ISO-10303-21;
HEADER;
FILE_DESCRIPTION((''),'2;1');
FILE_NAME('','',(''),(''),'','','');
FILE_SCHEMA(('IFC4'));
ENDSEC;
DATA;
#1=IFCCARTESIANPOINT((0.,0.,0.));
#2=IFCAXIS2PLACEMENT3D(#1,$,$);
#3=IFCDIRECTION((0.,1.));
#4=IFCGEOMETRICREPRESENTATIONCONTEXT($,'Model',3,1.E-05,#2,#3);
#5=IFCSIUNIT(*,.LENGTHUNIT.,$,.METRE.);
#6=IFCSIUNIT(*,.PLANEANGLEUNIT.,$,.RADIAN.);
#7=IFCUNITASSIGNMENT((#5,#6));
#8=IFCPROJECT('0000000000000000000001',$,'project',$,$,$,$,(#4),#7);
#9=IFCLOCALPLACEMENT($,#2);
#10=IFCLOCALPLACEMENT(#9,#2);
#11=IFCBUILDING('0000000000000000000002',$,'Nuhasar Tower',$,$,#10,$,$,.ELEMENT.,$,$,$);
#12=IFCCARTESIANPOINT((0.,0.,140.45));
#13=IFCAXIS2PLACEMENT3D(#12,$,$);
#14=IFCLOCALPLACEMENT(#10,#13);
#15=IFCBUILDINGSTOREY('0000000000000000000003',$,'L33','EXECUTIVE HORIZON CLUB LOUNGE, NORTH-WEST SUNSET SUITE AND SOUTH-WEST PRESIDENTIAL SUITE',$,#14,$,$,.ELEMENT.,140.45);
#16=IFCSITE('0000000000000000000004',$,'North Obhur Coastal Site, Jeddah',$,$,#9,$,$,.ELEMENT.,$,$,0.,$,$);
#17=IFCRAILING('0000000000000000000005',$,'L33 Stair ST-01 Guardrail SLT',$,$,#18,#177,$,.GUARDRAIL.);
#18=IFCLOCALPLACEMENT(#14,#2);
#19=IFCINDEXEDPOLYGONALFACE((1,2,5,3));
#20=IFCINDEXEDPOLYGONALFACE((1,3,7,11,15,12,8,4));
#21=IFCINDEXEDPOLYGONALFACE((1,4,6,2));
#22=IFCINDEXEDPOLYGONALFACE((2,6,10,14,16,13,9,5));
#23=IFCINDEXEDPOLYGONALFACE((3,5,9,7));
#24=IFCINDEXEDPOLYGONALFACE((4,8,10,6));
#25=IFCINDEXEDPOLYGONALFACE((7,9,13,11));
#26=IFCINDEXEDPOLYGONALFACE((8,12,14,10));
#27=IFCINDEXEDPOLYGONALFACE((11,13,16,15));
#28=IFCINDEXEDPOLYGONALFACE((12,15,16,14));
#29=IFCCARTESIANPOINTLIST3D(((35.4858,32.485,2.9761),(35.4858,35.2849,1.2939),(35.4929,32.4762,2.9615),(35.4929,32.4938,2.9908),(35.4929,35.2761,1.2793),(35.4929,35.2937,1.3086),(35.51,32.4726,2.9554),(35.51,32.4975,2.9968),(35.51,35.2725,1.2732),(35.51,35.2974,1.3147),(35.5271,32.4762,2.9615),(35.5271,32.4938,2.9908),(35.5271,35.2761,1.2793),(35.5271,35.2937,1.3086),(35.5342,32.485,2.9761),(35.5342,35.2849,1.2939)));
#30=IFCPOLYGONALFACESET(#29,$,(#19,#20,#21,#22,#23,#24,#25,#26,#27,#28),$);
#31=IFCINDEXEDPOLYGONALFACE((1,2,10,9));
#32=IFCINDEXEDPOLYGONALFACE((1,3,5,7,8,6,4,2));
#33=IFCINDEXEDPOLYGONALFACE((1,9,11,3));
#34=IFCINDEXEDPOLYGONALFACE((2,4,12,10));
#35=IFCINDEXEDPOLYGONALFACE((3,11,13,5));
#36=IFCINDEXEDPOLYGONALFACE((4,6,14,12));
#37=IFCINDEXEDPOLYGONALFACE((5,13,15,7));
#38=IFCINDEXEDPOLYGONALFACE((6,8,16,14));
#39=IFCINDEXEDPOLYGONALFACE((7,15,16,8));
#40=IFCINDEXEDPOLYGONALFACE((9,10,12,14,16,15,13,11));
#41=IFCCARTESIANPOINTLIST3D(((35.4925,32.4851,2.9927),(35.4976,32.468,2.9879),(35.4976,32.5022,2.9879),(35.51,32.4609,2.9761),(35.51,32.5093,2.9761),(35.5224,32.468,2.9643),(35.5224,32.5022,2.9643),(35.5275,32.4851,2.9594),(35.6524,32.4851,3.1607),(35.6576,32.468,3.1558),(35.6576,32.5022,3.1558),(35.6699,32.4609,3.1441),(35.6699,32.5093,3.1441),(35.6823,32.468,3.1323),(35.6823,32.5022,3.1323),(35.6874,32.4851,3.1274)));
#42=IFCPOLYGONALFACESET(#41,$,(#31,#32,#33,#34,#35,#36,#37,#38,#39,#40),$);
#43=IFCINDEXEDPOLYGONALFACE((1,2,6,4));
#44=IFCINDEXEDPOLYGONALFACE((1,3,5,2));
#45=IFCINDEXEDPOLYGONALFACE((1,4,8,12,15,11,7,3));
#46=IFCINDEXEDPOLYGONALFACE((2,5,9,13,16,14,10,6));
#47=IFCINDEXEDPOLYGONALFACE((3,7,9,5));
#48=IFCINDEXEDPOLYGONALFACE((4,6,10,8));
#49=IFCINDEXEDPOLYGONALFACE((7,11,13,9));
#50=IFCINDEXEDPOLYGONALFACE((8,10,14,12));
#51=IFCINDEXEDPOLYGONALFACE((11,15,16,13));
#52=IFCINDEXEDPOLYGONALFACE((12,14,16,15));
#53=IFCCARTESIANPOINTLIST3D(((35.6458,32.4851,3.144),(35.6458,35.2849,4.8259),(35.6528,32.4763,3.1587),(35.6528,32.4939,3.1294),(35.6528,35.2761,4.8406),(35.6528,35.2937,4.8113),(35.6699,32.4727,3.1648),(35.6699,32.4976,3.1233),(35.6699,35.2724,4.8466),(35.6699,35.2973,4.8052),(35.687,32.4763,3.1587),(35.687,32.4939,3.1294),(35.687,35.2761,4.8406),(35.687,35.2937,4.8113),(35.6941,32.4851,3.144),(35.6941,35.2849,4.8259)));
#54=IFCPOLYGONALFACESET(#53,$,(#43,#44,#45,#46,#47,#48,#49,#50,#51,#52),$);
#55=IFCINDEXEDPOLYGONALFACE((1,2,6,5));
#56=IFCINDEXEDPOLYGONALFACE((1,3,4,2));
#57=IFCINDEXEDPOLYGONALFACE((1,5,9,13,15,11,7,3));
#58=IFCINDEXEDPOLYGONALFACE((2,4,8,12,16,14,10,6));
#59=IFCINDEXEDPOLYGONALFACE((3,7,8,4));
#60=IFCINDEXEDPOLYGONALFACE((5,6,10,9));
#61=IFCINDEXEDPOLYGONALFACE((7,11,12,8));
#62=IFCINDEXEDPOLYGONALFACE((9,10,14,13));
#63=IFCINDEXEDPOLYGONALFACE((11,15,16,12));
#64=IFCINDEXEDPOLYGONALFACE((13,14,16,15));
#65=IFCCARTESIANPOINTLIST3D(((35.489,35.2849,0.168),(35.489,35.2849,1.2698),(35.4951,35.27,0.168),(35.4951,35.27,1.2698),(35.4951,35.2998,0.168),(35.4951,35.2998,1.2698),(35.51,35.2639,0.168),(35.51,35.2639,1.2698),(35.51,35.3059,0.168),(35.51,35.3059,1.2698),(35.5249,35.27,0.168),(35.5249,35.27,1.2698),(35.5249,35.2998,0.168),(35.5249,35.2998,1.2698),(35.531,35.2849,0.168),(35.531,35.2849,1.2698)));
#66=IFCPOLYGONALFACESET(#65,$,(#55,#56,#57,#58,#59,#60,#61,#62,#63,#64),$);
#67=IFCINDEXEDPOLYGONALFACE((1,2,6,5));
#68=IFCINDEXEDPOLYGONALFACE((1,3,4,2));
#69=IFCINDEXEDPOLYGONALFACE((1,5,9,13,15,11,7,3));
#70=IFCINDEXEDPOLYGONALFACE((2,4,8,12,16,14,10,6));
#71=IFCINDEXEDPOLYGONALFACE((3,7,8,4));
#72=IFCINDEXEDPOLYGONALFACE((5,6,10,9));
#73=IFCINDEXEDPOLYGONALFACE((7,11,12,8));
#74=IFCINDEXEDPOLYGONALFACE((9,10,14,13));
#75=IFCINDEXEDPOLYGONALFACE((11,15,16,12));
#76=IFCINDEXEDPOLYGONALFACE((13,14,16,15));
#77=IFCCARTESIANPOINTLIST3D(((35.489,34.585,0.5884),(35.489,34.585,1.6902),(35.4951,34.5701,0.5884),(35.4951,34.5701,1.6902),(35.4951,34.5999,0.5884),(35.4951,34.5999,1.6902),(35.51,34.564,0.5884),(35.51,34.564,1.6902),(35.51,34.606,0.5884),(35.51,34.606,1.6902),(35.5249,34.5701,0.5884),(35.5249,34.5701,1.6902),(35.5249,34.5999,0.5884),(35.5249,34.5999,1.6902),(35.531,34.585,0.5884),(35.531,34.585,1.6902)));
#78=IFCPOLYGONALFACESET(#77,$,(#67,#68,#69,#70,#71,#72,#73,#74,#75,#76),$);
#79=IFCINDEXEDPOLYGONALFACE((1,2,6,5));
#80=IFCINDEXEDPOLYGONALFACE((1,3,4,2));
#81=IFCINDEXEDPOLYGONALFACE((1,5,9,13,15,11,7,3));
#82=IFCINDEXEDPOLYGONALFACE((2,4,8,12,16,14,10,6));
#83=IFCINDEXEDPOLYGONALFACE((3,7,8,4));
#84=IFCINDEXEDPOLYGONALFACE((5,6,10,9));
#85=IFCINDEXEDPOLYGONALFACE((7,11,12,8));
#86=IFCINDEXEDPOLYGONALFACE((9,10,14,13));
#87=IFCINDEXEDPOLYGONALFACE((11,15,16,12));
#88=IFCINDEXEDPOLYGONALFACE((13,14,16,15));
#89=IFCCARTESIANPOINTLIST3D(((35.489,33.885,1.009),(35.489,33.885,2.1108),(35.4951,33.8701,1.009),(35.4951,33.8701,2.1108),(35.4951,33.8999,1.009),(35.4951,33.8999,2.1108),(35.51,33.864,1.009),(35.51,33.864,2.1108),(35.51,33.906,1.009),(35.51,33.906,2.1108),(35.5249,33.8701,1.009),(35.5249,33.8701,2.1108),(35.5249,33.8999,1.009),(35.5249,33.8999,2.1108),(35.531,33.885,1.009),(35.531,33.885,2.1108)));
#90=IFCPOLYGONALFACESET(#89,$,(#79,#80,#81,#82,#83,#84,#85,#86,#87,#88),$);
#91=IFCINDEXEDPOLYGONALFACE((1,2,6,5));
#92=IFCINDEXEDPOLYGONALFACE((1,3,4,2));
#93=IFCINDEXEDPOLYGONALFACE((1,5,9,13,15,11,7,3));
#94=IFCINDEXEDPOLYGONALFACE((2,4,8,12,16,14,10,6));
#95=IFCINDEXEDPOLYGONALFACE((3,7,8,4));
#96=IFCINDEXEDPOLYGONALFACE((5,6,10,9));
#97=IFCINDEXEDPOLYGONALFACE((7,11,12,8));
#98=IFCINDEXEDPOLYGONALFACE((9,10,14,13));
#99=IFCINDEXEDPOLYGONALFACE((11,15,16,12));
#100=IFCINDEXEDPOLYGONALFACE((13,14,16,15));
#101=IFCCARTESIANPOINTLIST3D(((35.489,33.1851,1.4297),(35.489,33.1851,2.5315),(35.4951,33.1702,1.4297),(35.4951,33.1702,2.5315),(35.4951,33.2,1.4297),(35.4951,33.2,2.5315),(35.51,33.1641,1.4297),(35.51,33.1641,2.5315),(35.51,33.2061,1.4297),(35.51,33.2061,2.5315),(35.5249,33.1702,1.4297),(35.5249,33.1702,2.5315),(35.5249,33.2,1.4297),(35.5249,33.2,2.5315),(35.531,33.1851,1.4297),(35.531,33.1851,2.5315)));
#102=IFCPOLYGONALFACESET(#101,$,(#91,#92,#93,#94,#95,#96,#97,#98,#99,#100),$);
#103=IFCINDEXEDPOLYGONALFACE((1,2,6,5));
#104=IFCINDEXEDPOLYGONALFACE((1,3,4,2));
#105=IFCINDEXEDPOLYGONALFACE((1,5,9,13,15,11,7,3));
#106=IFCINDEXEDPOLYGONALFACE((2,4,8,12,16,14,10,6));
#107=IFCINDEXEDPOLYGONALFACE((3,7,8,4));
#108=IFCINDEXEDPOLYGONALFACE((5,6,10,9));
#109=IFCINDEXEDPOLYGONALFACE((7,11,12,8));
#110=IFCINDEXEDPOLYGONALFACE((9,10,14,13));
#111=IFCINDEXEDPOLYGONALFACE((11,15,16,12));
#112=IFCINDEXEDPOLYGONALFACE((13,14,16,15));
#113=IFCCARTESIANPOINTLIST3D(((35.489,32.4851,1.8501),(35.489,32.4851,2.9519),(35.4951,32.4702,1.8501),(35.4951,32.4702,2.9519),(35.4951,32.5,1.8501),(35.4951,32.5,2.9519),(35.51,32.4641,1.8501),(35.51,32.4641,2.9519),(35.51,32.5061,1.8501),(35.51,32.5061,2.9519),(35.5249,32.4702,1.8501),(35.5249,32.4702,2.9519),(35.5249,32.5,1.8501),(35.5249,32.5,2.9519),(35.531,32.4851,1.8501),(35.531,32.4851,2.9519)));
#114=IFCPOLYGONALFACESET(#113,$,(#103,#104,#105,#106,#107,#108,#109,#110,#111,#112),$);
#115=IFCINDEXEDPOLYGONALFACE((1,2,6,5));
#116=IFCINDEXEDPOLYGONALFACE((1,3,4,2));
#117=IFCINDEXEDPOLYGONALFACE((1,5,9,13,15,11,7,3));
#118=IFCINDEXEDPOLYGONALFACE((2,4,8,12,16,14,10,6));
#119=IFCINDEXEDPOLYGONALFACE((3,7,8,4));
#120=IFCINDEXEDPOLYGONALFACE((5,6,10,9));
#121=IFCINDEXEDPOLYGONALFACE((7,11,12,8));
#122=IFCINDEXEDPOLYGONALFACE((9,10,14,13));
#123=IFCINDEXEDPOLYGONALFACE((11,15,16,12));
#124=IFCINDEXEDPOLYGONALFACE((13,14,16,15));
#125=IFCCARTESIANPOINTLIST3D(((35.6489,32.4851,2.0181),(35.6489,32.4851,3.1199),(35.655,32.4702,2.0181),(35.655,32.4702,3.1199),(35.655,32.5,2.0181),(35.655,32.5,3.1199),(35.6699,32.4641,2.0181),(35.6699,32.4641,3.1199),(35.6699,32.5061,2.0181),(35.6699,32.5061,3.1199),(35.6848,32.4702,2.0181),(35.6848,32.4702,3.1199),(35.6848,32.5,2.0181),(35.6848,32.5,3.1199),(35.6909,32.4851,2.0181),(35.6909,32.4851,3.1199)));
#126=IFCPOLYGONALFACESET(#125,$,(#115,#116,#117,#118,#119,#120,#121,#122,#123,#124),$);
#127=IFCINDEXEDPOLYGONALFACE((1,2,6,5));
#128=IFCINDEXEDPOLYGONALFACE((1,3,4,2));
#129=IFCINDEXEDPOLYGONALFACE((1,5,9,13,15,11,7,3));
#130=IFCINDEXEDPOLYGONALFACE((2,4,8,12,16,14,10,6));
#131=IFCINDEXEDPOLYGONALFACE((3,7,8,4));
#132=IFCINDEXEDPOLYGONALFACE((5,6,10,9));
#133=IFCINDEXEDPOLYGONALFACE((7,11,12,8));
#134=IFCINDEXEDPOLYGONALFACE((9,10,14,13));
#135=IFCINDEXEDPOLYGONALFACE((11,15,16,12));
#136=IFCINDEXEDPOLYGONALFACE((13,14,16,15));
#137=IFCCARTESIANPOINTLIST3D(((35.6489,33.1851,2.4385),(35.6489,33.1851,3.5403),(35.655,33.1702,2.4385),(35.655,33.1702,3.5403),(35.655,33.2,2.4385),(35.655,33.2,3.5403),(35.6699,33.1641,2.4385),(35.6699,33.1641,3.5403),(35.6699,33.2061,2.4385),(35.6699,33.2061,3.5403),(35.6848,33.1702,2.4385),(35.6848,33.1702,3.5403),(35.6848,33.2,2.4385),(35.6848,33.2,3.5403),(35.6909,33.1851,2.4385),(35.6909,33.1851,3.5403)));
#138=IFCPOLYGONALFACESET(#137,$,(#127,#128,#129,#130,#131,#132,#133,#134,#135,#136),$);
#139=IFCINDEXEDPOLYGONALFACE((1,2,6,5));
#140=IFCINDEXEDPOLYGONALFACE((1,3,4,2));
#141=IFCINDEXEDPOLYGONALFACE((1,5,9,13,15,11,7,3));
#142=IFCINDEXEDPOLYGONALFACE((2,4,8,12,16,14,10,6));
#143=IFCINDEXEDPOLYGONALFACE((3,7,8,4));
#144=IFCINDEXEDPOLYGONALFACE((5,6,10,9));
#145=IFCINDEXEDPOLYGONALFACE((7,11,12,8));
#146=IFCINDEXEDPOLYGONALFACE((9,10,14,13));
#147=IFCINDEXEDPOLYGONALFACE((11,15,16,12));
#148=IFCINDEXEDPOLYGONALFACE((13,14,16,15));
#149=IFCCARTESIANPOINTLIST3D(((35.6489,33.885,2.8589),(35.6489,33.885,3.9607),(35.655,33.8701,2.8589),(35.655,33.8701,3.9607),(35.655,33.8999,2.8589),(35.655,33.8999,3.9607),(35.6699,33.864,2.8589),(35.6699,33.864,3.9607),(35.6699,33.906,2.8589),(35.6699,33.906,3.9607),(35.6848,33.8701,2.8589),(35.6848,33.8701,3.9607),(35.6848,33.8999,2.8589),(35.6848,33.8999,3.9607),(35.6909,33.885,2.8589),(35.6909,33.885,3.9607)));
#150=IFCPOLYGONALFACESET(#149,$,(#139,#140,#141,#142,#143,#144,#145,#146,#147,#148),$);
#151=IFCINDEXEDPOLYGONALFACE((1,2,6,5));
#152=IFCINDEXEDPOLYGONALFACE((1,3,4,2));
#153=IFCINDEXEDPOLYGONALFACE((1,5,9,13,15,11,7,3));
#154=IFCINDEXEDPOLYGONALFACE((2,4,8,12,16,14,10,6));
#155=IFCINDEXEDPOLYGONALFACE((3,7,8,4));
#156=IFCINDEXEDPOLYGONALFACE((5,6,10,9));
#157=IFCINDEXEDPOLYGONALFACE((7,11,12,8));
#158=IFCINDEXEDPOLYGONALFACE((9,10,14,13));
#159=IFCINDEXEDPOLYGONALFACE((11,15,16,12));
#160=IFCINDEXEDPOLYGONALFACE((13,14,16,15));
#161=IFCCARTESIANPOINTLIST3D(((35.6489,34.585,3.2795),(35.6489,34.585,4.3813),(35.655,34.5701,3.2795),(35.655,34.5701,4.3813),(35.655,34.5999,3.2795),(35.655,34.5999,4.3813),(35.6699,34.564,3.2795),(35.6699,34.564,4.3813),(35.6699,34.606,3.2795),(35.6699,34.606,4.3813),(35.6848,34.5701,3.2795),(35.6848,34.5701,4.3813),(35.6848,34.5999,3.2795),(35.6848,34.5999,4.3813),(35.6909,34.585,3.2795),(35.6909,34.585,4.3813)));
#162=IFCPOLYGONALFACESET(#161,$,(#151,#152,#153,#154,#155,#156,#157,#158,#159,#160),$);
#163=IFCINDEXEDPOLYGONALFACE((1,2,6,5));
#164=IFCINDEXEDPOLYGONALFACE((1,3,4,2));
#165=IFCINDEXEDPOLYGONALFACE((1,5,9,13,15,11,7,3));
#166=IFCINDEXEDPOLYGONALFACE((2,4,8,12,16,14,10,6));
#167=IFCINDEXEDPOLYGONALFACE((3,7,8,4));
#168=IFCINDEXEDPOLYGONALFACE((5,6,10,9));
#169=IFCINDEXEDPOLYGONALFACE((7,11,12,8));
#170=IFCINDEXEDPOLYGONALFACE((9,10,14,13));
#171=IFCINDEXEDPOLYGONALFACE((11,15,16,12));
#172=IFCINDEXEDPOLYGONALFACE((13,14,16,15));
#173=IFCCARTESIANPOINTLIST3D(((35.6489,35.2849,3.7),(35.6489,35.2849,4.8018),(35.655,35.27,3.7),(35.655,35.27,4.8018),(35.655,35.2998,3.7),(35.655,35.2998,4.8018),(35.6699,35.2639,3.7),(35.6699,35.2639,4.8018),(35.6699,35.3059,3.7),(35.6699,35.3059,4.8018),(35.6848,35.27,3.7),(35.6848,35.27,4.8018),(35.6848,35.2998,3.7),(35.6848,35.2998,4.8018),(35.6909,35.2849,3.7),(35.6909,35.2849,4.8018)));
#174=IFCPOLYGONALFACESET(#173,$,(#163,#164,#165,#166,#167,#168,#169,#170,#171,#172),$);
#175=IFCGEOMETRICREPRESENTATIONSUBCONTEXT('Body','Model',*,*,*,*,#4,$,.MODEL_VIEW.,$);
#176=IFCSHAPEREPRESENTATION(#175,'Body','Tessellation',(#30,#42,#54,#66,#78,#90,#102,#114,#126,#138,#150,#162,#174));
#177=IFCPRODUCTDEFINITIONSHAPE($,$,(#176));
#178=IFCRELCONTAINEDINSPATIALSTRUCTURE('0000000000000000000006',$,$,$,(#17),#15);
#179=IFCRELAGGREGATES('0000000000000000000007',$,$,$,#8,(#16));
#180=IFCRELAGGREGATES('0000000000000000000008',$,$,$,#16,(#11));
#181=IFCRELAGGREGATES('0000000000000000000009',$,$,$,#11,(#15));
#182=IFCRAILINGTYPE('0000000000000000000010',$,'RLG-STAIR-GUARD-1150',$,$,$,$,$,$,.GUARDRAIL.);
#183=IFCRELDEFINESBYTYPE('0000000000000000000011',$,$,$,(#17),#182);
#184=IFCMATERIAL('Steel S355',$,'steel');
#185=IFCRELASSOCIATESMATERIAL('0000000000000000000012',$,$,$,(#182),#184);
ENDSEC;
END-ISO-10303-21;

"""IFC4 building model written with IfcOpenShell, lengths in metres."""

from ifc_helpers import new_model, si_unit, direction, frame, origin, place, context, subcontext, project, spatial, polyline, outline, extrude, material, type_object, element, save


model = new_model("IFC4")

# Units and contexts
model_context = context("Model", 3, precision=1e-05, world=origin(), true_north=direction((0.0, 1.0)))
body_context = subcontext(model_context, "Body", "Model", "MODEL_VIEW")
ifc_project = project(units=[si_unit("LENGTHUNIT", "METRE"), si_unit("PLANEANGLEUNIT", "RADIAN")], contexts=[model_context])

# Site, building, storey
site_placement = place(None, origin())
site = spatial("IfcSite", under=ifc_project, at=site_placement, Name="North Obhur Coastal Site, Jeddah", CompositionType="ELEMENT", RefElevation=0.0)
building_placement = place(site_placement, origin())
building = spatial("IfcBuilding", under=site, at=building_placement, Name="Nuhasar Tower", CompositionType="ELEMENT")
storey_placement = place(building_placement, frame((0.0, 0.0, 140.45)))
storey = spatial("IfcBuildingStorey", under=building, at=storey_placement, Name="L33", Description="EXECUTIVE HORIZON CLUB LOUNGE, NORTH-WEST SUNSET SUITE AND SOUTH-WEST PRESIDENTIAL SUITE", CompositionType="ELEMENT", Elevation=140.45)

# Shared definitions
ifc_material_1 = material(Name="Steel S355", Category="steel")

# Railing
railing_type_1 = type_object("IfcRailingType", Name="RLG-STAIR-GUARD-1150", PredefinedType="GUARDRAIL", material=ifc_material_1)
railing_1_placement = place(storey_placement, frame((35.51, 35.2849, 0.168)))
element("IfcRailing", 1, at=railing_1_placement, inside=storey, type_object=railing_type_1, Name="L33 Stair ST-01 Guardrail SLT", PredefinedType="GUARDRAIL", context=body_context, shape_type="SweptSolid", body=[
    extrude(outline(polyline([(0.0242, 0.0), (0.0171, 0.0171), (0.0, 0.0242), (-0.0171, 0.0171), (-0.0242, 0.0), (-0.0171, -0.0171), (0.0, -0.0242), (0.0171, -0.0171), (0.0242, 0.0)])), frame((0.0, 0.0, 1.126), z_axis=(0.0, -0.857189, 0.515001), x_axis=(1.0, 0.0, 0.0)), (0.0, 0.0, 1.0), 3.2664),
    extrude(outline(polyline([(0.0242, 0.0), (0.0171, 0.0171), (0.0, 0.0242), (-0.0171, 0.0171), (-0.0242, 0.0), (-0.0171, -0.0171), (0.0, -0.0242), (0.0171, -0.0171), (0.0242, 0.0)])), frame((0.0, -2.7998, 2.8081), z_axis=(0.689524, 0.0, 0.724263), x_axis=(0.0, 1.0, 0.0)), (0.0, 0.0, 1.0), 0.2319),
    extrude(outline(polyline([(0.0242, 0.0), (0.0171, 0.0171), (0.0, 0.0242), (-0.0171, 0.0171), (-0.0242, 0.0), (-0.0171, -0.0171), (0.0, -0.0242), (0.0171, -0.0171), (0.0242, 0.0)])), frame((0.1599, -2.7998, 2.9761), z_axis=(0.0, 0.857222, 0.514946), x_axis=(-1.0, 0.0, 0.0)), (0.0, 0.0, 1.0), 3.2661),
    extrude(outline(polyline([(0.021, 0.0), (0.0149, 0.0149), (0.0, 0.021), (-0.0149, 0.0149), (-0.021, 0.0), (-0.0149, -0.0149), (0.0, -0.021), (0.0149, -0.0149), (0.021, 0.0)])), origin(), (0.0, 0.0, 1.0), 1.1018),
    extrude(outline(polyline([(0.021, 0.0), (0.0149, 0.0149), (0.0, 0.021), (-0.0149, 0.0149), (-0.021, 0.0), (-0.0149, -0.0149), (0.0, -0.021), (0.0149, -0.0149), (0.021, 0.0)])), frame((0.0, -0.7, 0.4204)), (0.0, 0.0, 1.0), 1.1018),
    extrude(outline(polyline([(0.021, 0.0), (0.0149, 0.0149), (0.0, 0.021), (-0.0149, 0.0149), (-0.021, 0.0), (-0.0149, -0.0149), (0.0, -0.021), (0.0149, -0.0149), (0.021, 0.0)])), frame((0.0, -1.3999, 0.8411)), (0.0, 0.0, 1.0), 1.1018),
    extrude(outline(polyline([(0.021, 0.0), (0.0149, 0.0149), (0.0, 0.021), (-0.0149, 0.0149), (-0.021, 0.0), (-0.0149, -0.0149), (0.0, -0.021), (0.0149, -0.0149), (0.021, 0.0)])), frame((0.0, -2.0999, 1.2617)), (0.0, 0.0, 1.0), 1.1018),
    extrude(outline(polyline([(0.021, 0.0), (0.0149, 0.0149), (0.0, 0.021), (-0.0149, 0.0149), (-0.021, 0.0), (-0.0149, -0.0149), (0.0, -0.021), (0.0149, -0.0149), (0.021, 0.0)])), frame((0.0, -2.7998, 1.6821)), (0.0, 0.0, 1.0), 1.1018),
    extrude(outline(polyline([(0.021, 0.0), (0.0149, 0.0149), (0.0, 0.021), (-0.0149, 0.0149), (-0.021, 0.0), (-0.0149, -0.0149), (0.0, -0.021), (0.0149, -0.0149), (0.021, 0.0)])), frame((0.1599, -2.7998, 1.8501)), (0.0, 0.0, 1.0), 1.1018),
    extrude(outline(polyline([(0.021, 0.0), (0.0149, 0.0149), (0.0, 0.021), (-0.0149, 0.0149), (-0.021, 0.0), (-0.0149, -0.0149), (0.0, -0.021), (0.0149, -0.0149), (0.021, 0.0)])), frame((0.1599, -2.0999, 2.2705)), (0.0, 0.0, 1.0), 1.1018),
    extrude(outline(polyline([(0.021, 0.0), (0.0149, 0.0149), (0.0, 0.021), (-0.0149, 0.0149), (-0.021, 0.0), (-0.0149, -0.0149), (0.0, -0.021), (0.0149, -0.0149), (0.021, 0.0)])), frame((0.1599, -1.3999, 2.6909)), (0.0, 0.0, 1.0), 1.1018),
    extrude(outline(polyline([(0.021, 0.0), (0.0149, 0.0149), (0.0, 0.021), (-0.0149, 0.0149), (-0.021, 0.0), (-0.0149, -0.0149), (0.0, -0.021), (0.0149, -0.0149), (0.021, 0.0)])), frame((0.1599, -0.7, 3.1116)), (0.0, 0.0, 1.0), 1.1018),
    extrude(outline(polyline([(0.021, 0.0), (0.0149, 0.0149), (0.0, 0.021), (-0.0149, 0.0149), (-0.021, 0.0), (-0.0149, -0.0149), (0.0, -0.021), (0.0149, -0.0149), (0.021, 0.0)])), frame((0.1599, 0.0, 3.532)), (0.0, 0.0, 1.0), 1.1018),
])

save(model, "model.ifc")
